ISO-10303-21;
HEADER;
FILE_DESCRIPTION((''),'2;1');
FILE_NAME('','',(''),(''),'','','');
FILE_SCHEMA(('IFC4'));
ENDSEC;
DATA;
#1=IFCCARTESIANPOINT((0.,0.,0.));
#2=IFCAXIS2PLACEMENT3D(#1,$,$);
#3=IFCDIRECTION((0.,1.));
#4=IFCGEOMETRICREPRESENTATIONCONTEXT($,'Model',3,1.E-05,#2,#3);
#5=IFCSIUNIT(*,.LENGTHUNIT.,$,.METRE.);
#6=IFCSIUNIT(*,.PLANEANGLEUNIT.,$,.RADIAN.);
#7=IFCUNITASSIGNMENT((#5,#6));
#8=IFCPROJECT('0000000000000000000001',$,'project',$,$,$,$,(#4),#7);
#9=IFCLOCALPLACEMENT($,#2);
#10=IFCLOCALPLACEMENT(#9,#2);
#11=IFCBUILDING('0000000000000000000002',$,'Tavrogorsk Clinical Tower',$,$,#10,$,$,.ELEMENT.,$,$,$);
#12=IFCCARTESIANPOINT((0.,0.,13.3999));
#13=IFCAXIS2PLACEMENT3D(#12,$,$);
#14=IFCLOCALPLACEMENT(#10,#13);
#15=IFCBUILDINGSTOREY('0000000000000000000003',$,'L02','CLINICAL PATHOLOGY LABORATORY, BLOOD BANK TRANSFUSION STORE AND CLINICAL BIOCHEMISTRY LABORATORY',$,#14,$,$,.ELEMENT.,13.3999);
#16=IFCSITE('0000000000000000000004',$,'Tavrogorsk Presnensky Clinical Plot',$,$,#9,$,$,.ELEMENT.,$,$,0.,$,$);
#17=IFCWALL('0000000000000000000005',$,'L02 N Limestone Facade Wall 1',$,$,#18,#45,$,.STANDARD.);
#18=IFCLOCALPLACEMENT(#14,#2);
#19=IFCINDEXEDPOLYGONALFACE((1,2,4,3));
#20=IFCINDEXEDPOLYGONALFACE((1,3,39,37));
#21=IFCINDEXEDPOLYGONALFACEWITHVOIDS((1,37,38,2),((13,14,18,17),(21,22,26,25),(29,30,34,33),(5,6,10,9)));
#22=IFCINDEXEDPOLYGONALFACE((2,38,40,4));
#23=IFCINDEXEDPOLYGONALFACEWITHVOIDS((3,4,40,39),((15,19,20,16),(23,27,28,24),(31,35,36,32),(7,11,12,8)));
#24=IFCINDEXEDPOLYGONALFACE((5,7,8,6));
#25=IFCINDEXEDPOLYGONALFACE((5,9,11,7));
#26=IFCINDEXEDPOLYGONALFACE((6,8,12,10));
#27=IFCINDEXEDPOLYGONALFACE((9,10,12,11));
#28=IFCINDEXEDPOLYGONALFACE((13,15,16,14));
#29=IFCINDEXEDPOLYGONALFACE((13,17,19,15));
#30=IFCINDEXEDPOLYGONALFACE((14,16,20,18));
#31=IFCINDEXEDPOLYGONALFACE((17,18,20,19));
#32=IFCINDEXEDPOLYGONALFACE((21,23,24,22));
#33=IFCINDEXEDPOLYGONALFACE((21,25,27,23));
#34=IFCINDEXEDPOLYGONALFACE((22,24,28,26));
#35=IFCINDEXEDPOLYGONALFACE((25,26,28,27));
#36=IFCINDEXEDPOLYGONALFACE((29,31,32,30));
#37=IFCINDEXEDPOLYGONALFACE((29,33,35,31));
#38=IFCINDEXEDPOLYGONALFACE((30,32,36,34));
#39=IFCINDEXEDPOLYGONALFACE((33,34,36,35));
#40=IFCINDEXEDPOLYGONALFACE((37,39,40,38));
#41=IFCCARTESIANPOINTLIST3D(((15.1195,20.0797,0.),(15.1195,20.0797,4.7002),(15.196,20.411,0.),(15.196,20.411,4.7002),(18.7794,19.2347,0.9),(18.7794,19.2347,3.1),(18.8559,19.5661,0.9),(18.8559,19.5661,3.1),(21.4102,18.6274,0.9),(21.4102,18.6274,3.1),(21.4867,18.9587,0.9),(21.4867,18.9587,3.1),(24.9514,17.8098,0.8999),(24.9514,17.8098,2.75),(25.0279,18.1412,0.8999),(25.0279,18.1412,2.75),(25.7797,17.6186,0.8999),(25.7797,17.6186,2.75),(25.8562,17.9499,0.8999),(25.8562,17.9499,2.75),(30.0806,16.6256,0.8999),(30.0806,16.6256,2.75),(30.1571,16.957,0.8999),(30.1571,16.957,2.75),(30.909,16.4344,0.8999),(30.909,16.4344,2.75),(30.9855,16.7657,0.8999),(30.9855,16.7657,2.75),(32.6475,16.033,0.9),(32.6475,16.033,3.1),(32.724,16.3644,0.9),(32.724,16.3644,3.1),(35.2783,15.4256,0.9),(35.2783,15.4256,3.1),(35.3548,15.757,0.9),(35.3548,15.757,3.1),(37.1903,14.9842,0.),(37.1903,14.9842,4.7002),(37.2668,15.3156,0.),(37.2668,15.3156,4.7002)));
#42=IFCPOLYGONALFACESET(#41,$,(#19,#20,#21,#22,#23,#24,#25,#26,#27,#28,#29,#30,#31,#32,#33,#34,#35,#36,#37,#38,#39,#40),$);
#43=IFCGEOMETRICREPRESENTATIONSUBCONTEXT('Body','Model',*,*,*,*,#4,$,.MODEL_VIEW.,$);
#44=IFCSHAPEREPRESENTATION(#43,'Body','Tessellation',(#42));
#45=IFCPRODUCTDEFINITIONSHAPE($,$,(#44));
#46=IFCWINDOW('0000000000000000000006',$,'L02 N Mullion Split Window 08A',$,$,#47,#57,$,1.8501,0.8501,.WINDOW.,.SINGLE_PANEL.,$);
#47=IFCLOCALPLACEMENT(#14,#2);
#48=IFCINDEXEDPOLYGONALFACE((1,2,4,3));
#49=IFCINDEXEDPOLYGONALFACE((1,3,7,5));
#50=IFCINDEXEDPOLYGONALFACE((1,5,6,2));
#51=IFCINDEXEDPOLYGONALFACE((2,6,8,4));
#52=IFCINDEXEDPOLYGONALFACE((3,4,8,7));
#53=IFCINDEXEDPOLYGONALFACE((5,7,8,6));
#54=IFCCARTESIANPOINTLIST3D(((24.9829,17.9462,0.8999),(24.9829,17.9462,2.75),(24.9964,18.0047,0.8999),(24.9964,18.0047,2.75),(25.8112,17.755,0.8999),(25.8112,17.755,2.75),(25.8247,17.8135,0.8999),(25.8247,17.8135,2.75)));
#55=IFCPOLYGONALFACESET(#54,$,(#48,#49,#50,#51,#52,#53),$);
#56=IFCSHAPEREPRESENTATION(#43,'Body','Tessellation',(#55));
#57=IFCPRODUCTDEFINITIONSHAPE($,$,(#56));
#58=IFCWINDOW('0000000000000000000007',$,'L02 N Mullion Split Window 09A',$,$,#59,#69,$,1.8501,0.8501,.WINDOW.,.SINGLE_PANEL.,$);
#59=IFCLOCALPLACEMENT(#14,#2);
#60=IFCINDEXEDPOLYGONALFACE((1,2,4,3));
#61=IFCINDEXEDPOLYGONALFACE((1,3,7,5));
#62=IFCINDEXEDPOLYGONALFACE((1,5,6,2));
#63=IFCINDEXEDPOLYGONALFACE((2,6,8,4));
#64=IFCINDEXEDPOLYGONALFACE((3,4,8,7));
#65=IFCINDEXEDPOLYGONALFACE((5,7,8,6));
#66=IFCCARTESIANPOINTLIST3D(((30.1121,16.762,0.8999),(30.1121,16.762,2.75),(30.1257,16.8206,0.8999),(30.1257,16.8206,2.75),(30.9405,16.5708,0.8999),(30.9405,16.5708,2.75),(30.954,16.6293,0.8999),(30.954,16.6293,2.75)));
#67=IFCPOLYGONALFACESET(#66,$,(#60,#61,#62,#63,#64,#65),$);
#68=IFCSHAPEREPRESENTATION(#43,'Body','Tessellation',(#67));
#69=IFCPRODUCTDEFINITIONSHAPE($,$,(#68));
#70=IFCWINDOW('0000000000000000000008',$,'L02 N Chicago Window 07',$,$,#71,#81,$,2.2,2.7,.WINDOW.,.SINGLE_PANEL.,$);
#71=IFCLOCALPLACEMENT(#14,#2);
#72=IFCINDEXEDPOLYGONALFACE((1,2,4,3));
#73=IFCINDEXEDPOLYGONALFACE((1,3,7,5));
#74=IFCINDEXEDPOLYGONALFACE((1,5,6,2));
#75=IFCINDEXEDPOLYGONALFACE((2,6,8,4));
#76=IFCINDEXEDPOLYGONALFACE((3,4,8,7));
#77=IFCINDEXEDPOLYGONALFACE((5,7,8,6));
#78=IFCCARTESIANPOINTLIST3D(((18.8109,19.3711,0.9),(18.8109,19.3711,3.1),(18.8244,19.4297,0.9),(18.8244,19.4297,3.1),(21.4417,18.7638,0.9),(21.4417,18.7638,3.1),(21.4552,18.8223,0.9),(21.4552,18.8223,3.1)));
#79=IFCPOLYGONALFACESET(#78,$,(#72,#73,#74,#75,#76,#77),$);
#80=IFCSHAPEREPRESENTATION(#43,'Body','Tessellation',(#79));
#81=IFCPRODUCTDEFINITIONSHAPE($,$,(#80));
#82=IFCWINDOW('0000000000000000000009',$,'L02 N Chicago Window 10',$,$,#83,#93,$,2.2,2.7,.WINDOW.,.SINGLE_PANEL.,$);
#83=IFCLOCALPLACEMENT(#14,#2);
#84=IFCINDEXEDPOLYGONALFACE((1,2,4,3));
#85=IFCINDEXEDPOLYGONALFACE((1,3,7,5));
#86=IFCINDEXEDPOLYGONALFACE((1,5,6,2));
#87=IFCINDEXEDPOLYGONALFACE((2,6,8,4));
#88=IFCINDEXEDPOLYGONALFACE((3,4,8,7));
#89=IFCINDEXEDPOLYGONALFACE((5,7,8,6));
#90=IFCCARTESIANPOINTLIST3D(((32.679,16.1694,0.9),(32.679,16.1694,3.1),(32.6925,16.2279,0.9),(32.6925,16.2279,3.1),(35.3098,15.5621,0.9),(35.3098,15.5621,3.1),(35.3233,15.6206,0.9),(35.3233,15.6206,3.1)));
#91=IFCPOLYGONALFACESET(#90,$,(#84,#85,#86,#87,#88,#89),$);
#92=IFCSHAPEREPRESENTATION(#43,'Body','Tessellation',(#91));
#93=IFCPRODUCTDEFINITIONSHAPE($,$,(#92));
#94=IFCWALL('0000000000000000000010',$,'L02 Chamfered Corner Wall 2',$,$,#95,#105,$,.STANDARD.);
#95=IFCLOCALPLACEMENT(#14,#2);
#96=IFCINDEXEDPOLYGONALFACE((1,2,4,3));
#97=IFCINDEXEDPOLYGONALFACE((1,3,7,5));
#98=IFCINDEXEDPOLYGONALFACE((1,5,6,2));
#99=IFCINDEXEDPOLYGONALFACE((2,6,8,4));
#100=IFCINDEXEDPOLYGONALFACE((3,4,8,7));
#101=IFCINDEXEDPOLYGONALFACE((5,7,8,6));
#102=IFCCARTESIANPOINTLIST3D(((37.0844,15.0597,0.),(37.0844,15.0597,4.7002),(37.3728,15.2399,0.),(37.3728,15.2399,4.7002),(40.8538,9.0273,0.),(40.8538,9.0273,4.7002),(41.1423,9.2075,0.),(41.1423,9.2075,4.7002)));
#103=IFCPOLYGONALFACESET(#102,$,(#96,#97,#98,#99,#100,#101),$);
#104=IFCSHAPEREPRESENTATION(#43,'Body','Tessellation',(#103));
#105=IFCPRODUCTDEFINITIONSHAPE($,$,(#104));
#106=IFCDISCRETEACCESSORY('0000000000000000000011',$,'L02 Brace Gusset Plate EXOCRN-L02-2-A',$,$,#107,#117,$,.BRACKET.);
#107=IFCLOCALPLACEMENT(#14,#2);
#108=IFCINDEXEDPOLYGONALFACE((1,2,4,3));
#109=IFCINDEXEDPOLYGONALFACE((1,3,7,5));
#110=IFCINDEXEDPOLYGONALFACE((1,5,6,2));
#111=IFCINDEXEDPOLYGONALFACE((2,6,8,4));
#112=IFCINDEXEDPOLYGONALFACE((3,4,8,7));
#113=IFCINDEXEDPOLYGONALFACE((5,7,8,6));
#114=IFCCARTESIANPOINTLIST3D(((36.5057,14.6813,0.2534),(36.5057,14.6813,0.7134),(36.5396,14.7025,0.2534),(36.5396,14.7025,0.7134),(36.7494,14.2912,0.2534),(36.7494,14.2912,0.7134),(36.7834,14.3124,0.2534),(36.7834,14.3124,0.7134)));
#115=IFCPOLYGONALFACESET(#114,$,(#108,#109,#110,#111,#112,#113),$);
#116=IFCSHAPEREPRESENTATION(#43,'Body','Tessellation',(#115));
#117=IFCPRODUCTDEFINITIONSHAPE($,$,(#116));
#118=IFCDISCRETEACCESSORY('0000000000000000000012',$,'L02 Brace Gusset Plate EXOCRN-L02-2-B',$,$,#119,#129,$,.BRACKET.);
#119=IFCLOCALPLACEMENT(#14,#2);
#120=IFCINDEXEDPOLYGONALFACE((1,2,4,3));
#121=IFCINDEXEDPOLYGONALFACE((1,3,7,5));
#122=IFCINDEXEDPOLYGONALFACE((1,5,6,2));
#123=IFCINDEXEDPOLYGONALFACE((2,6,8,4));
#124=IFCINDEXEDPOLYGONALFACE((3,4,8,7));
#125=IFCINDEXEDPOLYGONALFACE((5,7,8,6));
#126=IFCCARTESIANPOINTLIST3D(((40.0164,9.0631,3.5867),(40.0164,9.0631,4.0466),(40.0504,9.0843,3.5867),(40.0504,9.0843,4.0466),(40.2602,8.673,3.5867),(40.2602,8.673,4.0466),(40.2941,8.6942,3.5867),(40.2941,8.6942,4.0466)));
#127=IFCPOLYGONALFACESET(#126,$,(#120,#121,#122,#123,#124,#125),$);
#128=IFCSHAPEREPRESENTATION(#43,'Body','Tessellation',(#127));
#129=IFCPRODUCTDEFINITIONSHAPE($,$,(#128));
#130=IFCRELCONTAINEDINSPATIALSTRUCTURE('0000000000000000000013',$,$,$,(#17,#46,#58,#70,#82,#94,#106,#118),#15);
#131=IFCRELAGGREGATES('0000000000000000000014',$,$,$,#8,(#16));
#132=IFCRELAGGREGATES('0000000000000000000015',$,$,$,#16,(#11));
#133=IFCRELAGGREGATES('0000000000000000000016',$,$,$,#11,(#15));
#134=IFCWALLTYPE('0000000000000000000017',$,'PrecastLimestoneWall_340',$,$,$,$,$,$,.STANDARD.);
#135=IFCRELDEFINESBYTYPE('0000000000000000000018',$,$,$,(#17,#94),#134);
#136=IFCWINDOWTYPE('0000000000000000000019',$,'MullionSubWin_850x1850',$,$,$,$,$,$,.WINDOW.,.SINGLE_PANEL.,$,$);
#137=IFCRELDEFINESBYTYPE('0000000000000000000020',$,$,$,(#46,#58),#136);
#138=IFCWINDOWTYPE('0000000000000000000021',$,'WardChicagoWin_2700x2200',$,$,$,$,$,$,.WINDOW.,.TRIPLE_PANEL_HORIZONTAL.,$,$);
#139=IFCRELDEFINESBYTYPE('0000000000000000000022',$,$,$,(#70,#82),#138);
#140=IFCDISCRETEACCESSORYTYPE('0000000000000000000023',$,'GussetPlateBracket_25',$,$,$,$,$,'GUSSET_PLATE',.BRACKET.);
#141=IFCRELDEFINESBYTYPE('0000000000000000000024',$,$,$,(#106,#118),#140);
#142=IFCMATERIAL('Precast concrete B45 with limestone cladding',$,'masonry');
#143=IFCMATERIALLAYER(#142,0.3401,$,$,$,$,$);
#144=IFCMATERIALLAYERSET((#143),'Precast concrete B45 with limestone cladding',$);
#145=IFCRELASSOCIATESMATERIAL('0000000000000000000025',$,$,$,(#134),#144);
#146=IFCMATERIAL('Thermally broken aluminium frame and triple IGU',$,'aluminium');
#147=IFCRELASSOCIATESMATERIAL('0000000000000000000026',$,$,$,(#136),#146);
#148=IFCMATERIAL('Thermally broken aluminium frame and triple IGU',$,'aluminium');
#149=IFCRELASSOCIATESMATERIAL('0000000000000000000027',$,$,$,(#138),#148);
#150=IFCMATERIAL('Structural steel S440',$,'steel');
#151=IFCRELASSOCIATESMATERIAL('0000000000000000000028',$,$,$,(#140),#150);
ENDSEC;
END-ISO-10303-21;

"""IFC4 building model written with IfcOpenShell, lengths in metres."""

from ifc_helpers import new_model, si_unit, direction, frame, frame_2d, origin, origin_2d, place, context, subcontext, project, spatial, rectangle, extrude, material, layer, layer_set, type_object, element, fill, save


model = new_model("IFC4")

# Units and contexts
model_context = context("Model", 3, precision=1e-05, world=origin(), true_north=direction((0.0, 1.0)))
body_context = subcontext(model_context, "Body", "Model", "MODEL_VIEW")
ifc_project = project(units=[si_unit("LENGTHUNIT", "METRE"), si_unit("PLANEANGLEUNIT", "RADIAN")], contexts=[model_context])

# Site, building, storey
site_placement = place(None, origin())
site = spatial("IfcSite", under=ifc_project, at=site_placement, Name="Tavrogorsk Presnensky Clinical Plot", CompositionType="ELEMENT", RefElevation=0.0)
building_placement = place(site_placement, origin())
building = spatial("IfcBuilding", under=site, at=building_placement, Name="Tavrogorsk Clinical Tower", CompositionType="ELEMENT")
storey_placement = place(building_placement, frame((0.0, 0.0, 13.3999)))
storey = spatial("IfcBuildingStorey", under=building, at=storey_placement, Name="L02", Description="CLINICAL PATHOLOGY LABORATORY, BLOOD BANK TRANSFUSION STORE AND CLINICAL BIOCHEMISTRY LABORATORY", CompositionType="ELEMENT", Elevation=13.3999)

# Wall, openings, windows
ifc_material_1 = material(Name="Precast concrete B45 with limestone cladding", Category="masonry")
ifc_layer_1 = layer(ifc_material_1, 0.3401)
ifc_layer_set_1 = layer_set([ifc_layer_1], Name="Precast concrete B45 with limestone cladding")
wall_type_1 = type_object("IfcWallType", Name="PrecastLimestoneWall_340", PredefinedType="STANDARD", material=ifc_layer_set_1)
wall_1_placement = place(storey_placement, frame((37.2285, 15.1499, 0.0), z_axis=(0.0, 0.0, 1.0), x_axis=(-0.97437, 0.224952, 0.0)))
wall_1 = element("IfcWall", 1, at=wall_1_placement, inside=storey, type_object=wall_type_1, Name="L02 N Limestone Facade Wall 1", PredefinedType="STANDARD", context=body_context, shape_type="SweptSolid", body=[
    extrude(rectangle(XDim=22.6514, YDim=0.3401, at=frame_2d((11.3257, 0.0))), origin(), (0.0, 0.0, 1.0), 4.7002),
])
opening_1_placement = place(wall_1_placement, frame((16.1951, 0.0, 0.8999)))
opening_1 = element("IfcOpeningElement", 2, at=opening_1_placement, cuts=wall_1, PredefinedType="OPENING", context=body_context, shape_type="SweptSolid", body=[
    extrude(rectangle(XDim=2.7, YDim=2.2, at=frame_2d((1.3501, 1.1001))), frame((0.0, 0.1799, 0.0), z_axis=(0.0, -1.0, 0.0), x_axis=(1.0, 0.0, 0.0)), (0.0, 0.0, 1.0), 0.3601),
])
opening_2_placement = place(wall_1_placement, frame((11.7107, 0.0, 0.8999)))
opening_2 = element("IfcOpeningElement", 3, at=opening_2_placement, cuts=wall_1, PredefinedType="OPENING", context=body_context, shape_type="SweptSolid", body=[
    extrude(rectangle(XDim=0.8501, YDim=1.8501, at=frame_2d((0.425, 0.925))), frame((0.0, 0.1799, 0.0), z_axis=(0.0, -1.0, 0.0), x_axis=(1.0, 0.0, 0.0)), (0.0, 0.0, 1.0), 0.3601),
])
opening_3_placement = place(wall_1_placement, frame((6.4465, 0.0, 0.8999)))
opening_3 = element("IfcOpeningElement", 4, at=opening_3_placement, cuts=wall_1, PredefinedType="OPENING", context=body_context, shape_type="SweptSolid", body=[
    extrude(rectangle(XDim=0.8501, YDim=1.8501, at=frame_2d((0.425, 0.925))), frame((0.0, 0.1799, 0.0), z_axis=(0.0, -1.0, 0.0), x_axis=(1.0, 0.0, 0.0)), (0.0, 0.0, 1.0), 0.3601),
])
opening_4_placement = place(wall_1_placement, frame((1.9622, 0.0, 0.8999)))
opening_4 = element("IfcOpeningElement", 5, at=opening_4_placement, cuts=wall_1, PredefinedType="OPENING", context=body_context, shape_type="SweptSolid", body=[
    extrude(rectangle(XDim=2.7, YDim=2.2, at=frame_2d((1.3501, 1.1001))), frame((0.0, 0.1799, 0.0), z_axis=(0.0, -1.0, 0.0), x_axis=(1.0, 0.0, 0.0)), (0.0, 0.0, 1.0), 0.3601),
])
ifc_material_2 = material(Name="Thermally broken aluminium frame and triple IGU", Category="aluminium")
window_type_1 = type_object("IfcWindowType", Name="MullionSubWin_850x1850", PartitioningType="SINGLE_PANEL", PredefinedType="WINDOW", material=ifc_material_2)
window_1_placement = place(opening_2_placement, origin())
window_1 = element("IfcWindow", 6, at=window_1_placement, inside=storey, type_object=window_type_1, Name="L02 N Mullion Split Window 08A", OverallHeight=1.8501, OverallWidth=0.8501, PartitioningType="SINGLE_PANEL", PredefinedType="WINDOW", context=body_context, shape_type="SweptSolid", body=[
    extrude(rectangle(XDim=0.8501, YDim=1.8501, at=frame_2d((0.425, 0.925))), frame((0.0, 0.03, 0.0), z_axis=(0.0, -1.0, 0.0), x_axis=(1.0, 0.0, 0.0)), (0.0, 0.0, 1.0), 0.0601),
])
fill(opening_2, window_1)
window_2_placement = place(opening_3_placement, origin())
window_2 = element("IfcWindow", 7, at=window_2_placement, inside=storey, type_object=window_type_1, Name="L02 N Mullion Split Window 09A", OverallHeight=1.8501, OverallWidth=0.8501, PartitioningType="SINGLE_PANEL", PredefinedType="WINDOW", context=body_context, shape_type="SweptSolid", body=[
    extrude(rectangle(XDim=0.8501, YDim=1.8501, at=frame_2d((0.425, 0.925))), frame((0.0, 0.03, 0.0), z_axis=(0.0, -1.0, 0.0), x_axis=(1.0, 0.0, 0.0)), (0.0, 0.0, 1.0), 0.0601),
])
fill(opening_3, window_2)
ifc_material_3 = material(Name="Thermally broken aluminium frame and triple IGU", Category="aluminium")
window_type_2 = type_object("IfcWindowType", Name="WardChicagoWin_2700x2200", PartitioningType="TRIPLE_PANEL_HORIZONTAL", PredefinedType="WINDOW", material=ifc_material_3)
window_3_placement = place(opening_1_placement, origin())
window_3 = element("IfcWindow", 8, at=window_3_placement, inside=storey, type_object=window_type_2, Name="L02 N Chicago Window 07", OverallHeight=2.2, OverallWidth=2.7, PartitioningType="SINGLE_PANEL", PredefinedType="WINDOW", context=body_context, shape_type="SweptSolid", body=[
    extrude(rectangle(XDim=2.7, YDim=2.2, at=frame_2d((1.3501, 1.1001))), frame((0.0, 0.03, 0.0), z_axis=(0.0, -1.0, 0.0), x_axis=(1.0, 0.0, 0.0)), (0.0, 0.0, 1.0), 0.0601),
])
fill(opening_1, window_3)
window_4_placement = place(opening_4_placement, origin())
window_4 = element("IfcWindow", 9, at=window_4_placement, inside=storey, type_object=window_type_2, Name="L02 N Chicago Window 10", OverallHeight=2.2, OverallWidth=2.7, PartitioningType="SINGLE_PANEL", PredefinedType="WINDOW", context=body_context, shape_type="SweptSolid", body=[
    extrude(rectangle(XDim=2.7, YDim=2.2, at=frame_2d((1.3501, 1.1001))), frame((0.0, 0.03, 0.0), z_axis=(0.0, -1.0, 0.0), x_axis=(1.0, 0.0, 0.0)), (0.0, 0.0, 1.0), 0.0601),
])
fill(opening_4, window_4)

# Wall
wall_2_placement = place(storey_placement, frame((40.998, 9.1174, 0.0), z_axis=(0.0, 0.0, 1.0), x_axis=(-0.529922, 0.848047, 0.0)))
element("IfcWall", 10, at=wall_2_placement, inside=storey, type_object=wall_type_1, Name="L02 Chamfered Corner Wall 2", PredefinedType="STANDARD", context=body_context, shape_type="SweptSolid", body=[
    extrude(rectangle(XDim=7.1133, YDim=0.3401, at=frame_2d((3.5566, 0.0))), origin(), (0.0, 0.0, 1.0), 4.7002),
])

# Discrete accessories
ifc_material_4 = material(Name="Structural steel S440", Category="steel")
discrete_accessory_type = type_object("IfcDiscreteAccessoryType", Name="GussetPlateBracket_25", ElementType="GUSSET_PLATE", PredefinedType="BRACKET", material=ifc_material_4)
for number, where, z_axis, x_axis, name in (
    (11, (36.6445, 14.4968, 0.2534), (0.0, 0.0, 1.0), (0.529919, -0.848048, 0.0), "L02 Brace Gusset Plate EXOCRN-L02-2-A"),
    (12, (40.1553, 8.8787, 3.5867), (0.0, 0.0, 1.0), (0.529919, -0.848048, 0.0), "L02 Brace Gusset Plate EXOCRN-L02-2-B"),
):
    element("IfcDiscreteAccessory", number, at=place(storey_placement, frame(where, z_axis=z_axis, x_axis=x_axis)), inside=storey, type_object=discrete_accessory_type, Name=name, PredefinedType="BRACKET", context=body_context, shape_type="SweptSolid", body=[
        extrude(rectangle(XDim=0.46, YDim=0.04, at=origin_2d()), origin(), (0.0, 0.0, 1.0), 0.46),
    ])

save(model, "model.ifc")
